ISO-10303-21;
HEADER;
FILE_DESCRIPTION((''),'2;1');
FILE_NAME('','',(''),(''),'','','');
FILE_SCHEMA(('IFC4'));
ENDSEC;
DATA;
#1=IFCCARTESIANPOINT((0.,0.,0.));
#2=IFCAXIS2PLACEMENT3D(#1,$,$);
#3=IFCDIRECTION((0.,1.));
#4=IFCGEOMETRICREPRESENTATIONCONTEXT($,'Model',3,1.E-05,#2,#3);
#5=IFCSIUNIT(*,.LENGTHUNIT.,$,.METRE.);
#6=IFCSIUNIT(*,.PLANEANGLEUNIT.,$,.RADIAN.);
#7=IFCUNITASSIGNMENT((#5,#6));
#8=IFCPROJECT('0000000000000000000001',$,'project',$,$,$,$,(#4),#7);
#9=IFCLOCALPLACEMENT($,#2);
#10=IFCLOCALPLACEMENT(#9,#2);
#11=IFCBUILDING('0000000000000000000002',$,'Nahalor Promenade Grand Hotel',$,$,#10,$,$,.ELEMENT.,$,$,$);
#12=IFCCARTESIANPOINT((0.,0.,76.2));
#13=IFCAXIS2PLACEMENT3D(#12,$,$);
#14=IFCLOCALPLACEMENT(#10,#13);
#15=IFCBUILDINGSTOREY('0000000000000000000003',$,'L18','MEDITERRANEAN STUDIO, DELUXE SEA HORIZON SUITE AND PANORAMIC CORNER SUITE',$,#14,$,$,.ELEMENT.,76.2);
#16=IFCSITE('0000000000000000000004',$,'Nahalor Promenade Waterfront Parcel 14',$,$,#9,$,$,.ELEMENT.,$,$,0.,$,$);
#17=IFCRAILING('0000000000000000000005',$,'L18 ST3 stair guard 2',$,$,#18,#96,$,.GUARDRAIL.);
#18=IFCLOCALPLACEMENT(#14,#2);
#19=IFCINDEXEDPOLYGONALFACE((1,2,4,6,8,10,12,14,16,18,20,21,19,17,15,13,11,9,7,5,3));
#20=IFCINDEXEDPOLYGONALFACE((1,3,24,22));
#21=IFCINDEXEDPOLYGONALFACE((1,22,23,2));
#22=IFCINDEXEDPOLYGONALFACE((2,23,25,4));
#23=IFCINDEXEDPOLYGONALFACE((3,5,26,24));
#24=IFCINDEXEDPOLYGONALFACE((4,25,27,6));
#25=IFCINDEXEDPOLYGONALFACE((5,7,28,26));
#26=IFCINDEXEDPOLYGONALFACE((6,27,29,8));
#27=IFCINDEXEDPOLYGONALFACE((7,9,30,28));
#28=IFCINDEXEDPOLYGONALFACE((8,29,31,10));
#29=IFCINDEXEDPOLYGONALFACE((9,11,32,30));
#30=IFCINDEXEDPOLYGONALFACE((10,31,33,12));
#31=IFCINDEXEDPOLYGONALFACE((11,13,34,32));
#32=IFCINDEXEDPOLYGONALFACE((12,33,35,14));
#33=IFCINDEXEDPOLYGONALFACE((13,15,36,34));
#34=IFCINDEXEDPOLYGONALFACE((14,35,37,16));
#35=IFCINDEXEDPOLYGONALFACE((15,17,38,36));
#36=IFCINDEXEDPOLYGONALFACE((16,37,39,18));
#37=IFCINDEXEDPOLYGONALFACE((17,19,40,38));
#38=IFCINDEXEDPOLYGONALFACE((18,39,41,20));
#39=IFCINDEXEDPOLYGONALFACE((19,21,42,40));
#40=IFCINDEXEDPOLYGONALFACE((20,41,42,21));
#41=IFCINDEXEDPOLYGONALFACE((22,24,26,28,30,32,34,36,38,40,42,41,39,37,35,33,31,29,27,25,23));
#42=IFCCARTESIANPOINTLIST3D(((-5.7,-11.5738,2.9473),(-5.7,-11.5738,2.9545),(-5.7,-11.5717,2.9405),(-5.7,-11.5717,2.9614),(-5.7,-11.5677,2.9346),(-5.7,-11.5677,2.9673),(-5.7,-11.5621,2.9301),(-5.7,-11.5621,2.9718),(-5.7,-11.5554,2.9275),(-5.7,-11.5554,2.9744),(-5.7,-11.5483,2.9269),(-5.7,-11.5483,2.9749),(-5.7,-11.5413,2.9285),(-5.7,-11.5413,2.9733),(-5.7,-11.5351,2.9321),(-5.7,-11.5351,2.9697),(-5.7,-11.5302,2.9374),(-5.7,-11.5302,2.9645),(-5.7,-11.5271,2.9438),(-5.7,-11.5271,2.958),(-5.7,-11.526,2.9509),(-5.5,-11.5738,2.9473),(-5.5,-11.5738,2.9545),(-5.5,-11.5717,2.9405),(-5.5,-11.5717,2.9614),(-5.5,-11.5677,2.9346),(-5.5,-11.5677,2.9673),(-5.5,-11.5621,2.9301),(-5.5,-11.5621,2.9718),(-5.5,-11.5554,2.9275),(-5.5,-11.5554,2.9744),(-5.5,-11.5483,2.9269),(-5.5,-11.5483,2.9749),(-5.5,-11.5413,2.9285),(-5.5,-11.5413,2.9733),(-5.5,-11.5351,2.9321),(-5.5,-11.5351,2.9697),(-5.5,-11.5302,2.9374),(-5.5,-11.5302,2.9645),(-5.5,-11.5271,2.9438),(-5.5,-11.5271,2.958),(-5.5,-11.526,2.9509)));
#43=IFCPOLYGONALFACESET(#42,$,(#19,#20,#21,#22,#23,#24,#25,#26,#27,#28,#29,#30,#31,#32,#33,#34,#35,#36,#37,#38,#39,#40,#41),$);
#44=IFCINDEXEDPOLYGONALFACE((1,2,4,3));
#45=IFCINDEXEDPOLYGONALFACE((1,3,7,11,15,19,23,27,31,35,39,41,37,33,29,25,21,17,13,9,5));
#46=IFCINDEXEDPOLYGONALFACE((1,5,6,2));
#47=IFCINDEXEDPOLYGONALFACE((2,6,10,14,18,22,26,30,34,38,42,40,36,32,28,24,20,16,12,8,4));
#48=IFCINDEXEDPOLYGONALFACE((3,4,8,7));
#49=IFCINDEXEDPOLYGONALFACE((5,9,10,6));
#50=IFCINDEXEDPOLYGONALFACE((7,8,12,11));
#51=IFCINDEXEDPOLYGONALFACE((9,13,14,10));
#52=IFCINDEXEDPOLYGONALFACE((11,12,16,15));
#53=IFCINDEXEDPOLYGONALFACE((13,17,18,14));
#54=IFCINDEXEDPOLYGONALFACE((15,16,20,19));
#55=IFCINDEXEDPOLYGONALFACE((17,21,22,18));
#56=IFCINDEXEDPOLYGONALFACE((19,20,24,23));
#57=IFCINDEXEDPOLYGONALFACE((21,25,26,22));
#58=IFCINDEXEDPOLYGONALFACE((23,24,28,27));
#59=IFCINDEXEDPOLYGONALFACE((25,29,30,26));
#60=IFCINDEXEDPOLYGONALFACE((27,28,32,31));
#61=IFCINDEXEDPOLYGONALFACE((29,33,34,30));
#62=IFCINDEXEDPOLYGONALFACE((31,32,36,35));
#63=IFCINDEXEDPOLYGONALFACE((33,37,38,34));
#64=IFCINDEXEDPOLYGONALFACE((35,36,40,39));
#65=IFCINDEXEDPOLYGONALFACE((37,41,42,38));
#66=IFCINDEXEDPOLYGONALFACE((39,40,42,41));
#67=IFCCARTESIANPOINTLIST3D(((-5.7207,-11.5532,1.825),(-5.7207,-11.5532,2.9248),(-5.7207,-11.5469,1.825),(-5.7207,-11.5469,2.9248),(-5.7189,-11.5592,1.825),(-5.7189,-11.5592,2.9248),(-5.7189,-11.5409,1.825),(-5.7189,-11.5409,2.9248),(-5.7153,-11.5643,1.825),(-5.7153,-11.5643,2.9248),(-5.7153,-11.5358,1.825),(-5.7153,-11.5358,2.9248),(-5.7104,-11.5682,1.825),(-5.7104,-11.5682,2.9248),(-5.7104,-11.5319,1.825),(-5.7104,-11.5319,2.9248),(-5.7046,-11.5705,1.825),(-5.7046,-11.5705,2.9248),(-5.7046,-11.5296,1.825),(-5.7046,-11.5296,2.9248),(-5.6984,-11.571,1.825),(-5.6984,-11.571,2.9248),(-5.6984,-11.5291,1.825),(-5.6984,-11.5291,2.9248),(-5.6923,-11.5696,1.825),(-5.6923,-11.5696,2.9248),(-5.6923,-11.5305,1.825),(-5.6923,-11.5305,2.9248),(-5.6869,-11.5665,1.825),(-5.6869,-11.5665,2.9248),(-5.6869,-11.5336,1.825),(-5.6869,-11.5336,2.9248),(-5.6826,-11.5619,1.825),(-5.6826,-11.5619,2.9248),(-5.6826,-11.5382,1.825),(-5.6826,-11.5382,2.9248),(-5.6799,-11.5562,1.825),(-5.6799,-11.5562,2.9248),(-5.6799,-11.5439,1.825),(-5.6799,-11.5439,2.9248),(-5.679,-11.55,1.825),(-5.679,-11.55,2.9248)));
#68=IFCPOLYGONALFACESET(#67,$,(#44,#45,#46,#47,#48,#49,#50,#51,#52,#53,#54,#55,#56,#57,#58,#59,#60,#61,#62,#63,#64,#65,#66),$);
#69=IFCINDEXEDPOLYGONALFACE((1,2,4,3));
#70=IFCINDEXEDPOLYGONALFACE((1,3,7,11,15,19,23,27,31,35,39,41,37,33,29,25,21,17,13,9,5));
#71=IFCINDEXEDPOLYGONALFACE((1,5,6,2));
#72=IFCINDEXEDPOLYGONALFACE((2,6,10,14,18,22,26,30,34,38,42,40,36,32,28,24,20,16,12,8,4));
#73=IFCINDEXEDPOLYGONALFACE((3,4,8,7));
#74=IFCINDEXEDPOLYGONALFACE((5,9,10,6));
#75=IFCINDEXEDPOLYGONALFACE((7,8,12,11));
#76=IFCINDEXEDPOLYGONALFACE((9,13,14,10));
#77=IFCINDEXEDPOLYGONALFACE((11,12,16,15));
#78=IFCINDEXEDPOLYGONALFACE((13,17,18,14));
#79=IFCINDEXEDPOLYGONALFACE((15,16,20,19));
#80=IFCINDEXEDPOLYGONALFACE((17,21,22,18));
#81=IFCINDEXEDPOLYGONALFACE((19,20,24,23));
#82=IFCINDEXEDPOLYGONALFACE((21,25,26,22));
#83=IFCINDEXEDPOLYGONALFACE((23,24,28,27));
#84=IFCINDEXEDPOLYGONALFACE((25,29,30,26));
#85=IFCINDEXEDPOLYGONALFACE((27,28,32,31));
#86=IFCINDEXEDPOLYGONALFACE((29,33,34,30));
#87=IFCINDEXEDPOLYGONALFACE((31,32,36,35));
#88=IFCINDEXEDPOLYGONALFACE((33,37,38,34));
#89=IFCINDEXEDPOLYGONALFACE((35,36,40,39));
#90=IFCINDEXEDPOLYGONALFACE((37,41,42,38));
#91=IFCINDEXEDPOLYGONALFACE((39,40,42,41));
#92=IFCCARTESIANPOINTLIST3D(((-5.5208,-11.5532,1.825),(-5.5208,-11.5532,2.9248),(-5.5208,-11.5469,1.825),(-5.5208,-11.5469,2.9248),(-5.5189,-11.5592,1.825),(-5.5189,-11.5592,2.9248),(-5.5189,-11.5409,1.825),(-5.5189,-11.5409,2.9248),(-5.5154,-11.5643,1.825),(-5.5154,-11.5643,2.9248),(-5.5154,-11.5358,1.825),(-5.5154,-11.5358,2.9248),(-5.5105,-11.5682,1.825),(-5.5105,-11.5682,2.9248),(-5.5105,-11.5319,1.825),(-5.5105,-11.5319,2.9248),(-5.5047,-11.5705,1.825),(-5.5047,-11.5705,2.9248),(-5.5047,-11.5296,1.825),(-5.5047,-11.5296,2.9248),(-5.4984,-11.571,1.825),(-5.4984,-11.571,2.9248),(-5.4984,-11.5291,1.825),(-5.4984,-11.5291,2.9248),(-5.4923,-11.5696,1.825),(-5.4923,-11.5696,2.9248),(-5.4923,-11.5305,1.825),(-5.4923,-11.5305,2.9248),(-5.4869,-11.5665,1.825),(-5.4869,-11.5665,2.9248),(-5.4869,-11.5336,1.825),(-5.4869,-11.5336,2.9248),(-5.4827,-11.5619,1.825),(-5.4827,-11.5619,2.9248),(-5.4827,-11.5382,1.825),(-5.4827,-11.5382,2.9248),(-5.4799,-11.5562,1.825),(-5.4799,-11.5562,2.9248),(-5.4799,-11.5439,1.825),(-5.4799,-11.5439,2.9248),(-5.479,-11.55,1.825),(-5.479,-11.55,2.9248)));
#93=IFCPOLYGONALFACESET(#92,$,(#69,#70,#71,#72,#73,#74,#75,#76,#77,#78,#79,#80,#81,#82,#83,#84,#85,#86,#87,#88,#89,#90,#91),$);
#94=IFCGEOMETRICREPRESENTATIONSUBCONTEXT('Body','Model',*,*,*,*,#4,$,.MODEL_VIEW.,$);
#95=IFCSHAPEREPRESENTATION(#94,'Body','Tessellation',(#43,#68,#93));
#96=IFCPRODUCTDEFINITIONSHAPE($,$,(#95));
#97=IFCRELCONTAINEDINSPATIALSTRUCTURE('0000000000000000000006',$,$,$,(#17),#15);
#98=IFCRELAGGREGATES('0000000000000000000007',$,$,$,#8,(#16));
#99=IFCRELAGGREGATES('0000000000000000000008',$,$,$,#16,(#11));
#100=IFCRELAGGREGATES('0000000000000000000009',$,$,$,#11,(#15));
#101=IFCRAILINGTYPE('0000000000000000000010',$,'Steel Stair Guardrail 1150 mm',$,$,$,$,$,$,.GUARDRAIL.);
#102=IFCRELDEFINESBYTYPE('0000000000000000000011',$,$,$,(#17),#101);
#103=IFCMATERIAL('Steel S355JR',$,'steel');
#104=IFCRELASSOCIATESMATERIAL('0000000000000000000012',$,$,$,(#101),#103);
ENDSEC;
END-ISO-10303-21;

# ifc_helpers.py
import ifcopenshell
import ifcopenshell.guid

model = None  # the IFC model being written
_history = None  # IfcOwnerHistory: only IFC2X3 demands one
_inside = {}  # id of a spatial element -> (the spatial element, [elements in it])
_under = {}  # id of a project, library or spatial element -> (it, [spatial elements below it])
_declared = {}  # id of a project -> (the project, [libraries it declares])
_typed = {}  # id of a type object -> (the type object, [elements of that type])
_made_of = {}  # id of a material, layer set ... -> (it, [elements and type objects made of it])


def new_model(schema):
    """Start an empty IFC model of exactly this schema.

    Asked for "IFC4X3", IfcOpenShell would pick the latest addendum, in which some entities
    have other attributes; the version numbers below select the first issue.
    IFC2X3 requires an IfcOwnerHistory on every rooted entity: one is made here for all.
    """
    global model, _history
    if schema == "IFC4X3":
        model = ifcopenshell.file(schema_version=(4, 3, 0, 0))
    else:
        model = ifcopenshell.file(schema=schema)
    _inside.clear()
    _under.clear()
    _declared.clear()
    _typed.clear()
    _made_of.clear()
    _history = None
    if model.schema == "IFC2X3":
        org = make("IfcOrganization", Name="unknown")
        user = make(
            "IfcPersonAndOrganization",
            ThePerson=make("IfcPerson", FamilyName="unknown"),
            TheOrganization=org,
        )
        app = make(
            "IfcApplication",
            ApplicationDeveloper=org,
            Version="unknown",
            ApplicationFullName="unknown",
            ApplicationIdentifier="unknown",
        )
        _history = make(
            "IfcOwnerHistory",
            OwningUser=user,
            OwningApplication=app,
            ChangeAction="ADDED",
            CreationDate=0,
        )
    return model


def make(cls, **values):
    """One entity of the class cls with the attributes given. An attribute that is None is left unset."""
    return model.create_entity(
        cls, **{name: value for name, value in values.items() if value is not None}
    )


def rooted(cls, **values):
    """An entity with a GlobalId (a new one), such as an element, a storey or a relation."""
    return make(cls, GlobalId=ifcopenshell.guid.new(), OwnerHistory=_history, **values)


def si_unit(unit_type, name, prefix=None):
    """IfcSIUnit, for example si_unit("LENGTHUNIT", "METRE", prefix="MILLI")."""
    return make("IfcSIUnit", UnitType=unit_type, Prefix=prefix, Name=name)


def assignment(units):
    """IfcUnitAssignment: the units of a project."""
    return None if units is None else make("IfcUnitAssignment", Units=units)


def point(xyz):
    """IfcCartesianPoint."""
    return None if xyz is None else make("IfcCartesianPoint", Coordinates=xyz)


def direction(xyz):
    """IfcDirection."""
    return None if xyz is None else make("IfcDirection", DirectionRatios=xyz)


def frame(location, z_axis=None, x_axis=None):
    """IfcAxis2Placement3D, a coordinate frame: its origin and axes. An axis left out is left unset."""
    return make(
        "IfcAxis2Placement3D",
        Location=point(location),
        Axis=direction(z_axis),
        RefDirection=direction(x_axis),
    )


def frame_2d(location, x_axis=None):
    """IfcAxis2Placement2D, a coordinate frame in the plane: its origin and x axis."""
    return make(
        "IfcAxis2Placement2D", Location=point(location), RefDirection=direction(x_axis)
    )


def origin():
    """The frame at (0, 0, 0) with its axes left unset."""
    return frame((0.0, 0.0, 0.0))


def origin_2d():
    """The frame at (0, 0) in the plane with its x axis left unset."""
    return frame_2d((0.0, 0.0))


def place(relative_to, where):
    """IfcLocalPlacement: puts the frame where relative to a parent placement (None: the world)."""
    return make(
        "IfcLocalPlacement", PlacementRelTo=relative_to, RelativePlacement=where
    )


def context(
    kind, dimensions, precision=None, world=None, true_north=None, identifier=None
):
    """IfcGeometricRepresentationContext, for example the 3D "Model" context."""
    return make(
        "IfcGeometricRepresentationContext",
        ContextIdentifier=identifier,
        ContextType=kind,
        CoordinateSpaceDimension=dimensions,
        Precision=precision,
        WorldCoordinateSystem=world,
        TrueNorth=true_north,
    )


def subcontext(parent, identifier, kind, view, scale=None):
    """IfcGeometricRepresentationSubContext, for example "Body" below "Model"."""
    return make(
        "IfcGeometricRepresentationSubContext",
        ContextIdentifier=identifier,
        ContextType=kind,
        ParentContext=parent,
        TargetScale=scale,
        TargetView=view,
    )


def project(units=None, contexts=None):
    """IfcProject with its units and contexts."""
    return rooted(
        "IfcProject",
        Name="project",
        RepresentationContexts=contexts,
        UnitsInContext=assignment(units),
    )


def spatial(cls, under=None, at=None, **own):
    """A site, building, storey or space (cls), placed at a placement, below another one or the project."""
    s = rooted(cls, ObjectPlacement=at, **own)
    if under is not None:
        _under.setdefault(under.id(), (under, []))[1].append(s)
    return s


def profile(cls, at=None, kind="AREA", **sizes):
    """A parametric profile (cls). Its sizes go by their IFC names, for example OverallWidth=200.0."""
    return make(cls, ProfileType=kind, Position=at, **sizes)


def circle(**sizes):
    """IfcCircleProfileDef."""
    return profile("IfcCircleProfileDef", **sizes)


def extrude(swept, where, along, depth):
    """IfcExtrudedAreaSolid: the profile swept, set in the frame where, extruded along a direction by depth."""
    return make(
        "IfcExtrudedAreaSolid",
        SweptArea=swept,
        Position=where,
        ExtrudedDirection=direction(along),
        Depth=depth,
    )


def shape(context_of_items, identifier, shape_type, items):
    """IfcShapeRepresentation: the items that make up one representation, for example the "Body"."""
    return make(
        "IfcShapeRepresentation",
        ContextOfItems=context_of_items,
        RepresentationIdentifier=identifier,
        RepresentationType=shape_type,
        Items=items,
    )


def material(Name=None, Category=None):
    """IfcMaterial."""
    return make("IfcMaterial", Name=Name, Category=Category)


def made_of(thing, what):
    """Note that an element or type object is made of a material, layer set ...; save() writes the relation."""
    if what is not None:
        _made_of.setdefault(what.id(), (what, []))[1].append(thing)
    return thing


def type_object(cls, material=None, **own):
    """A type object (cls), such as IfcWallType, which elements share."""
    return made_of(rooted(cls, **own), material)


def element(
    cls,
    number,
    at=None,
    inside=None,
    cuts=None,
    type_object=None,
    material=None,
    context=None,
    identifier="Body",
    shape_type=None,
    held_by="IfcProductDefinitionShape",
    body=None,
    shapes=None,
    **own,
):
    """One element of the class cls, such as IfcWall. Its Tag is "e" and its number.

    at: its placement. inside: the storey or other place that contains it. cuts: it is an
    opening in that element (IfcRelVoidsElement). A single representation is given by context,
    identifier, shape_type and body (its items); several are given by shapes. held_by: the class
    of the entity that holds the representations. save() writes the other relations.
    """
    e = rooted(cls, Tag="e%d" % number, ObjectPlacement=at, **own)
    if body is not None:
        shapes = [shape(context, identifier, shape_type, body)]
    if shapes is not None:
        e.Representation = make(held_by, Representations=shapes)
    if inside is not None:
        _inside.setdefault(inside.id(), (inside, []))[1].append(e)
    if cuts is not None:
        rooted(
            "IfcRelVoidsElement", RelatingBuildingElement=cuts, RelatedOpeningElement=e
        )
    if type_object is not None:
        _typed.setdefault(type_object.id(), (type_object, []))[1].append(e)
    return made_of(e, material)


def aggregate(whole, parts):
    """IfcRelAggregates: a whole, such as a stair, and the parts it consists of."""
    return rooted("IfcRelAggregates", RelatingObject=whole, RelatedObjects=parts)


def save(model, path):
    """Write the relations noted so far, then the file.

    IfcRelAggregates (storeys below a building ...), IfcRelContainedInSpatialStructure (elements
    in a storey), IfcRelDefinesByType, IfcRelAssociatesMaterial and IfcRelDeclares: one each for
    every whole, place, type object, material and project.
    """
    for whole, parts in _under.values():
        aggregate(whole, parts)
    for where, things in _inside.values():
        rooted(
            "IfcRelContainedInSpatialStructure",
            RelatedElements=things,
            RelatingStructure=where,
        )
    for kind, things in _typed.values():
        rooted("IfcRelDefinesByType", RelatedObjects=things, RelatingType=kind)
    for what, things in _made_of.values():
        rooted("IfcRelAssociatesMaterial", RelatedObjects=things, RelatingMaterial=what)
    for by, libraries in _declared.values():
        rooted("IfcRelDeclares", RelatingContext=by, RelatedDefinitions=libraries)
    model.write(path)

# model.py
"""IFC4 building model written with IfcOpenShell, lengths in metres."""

from ifc_helpers import new_model, si_unit, direction, frame, origin, origin_2d, place, context, subcontext, project, spatial, circle, extrude, material, type_object, element, save


model = new_model("IFC4")

# Units and contexts
model_context = context("Model", 3, precision=1e-05, world=origin(), true_north=direction((0.0, 1.0)))
body_context = subcontext(model_context, "Body", "Model", "MODEL_VIEW")
ifc_project = project(units=[si_unit("LENGTHUNIT", "METRE"), si_unit("PLANEANGLEUNIT", "RADIAN")], contexts=[model_context])

# Site, building, storey
site_placement = place(None, origin())
site = spatial("IfcSite", under=ifc_project, at=site_placement, Name="Nahalor Promenade Waterfront Parcel 14", CompositionType="ELEMENT", RefElevation=0.0)
building_placement = place(site_placement, origin())
building = spatial("IfcBuilding", under=site, at=building_placement, Name="Nahalor Promenade Grand Hotel", CompositionType="ELEMENT")
storey_placement = place(building_placement, frame((0.0, 0.0, 76.2)))
storey = spatial("IfcBuildingStorey", under=building, at=storey_placement, Name="L18", Description="MEDITERRANEAN STUDIO, DELUXE SEA HORIZON SUITE AND PANORAMIC CORNER SUITE", CompositionType="ELEMENT", Elevation=76.2)

# Shared definitions
ifc_material_1 = material(Name="Steel S355JR", Category="steel")

# Railing
railing_type_1 = type_object("IfcRailingType", Name="Steel Stair Guardrail 1150 mm", PredefinedType="GUARDRAIL", material=ifc_material_1)
railing_1_placement = place(storey_placement, frame((-5.7, -11.55, 1.825)))
element("IfcRailing", 1, at=railing_1_placement, inside=storey, type_object=railing_type_1, Name="L18 ST3 stair guard 2", PredefinedType="GUARDRAIL", context=body_context, shape_type="SweptSolid", body=[
    extrude(circle(Radius=0.024, at=origin_2d()), frame((0.0, 0.0, 1.126), z_axis=(1.0, 0.0, 0.0), x_axis=(0.0, 1.0, 0.0)), (0.0, 0.0, 1.0), 0.2),
    extrude(circle(Radius=0.021, at=origin_2d()), origin(), (0.0, 0.0, 1.0), 1.0999),
    extrude(circle(Radius=0.021, at=origin_2d()), frame((0.2, 0.0, 0.0)), (0.0, 0.0, 1.0), 1.0999),
])

save(model, "model.ifc")
